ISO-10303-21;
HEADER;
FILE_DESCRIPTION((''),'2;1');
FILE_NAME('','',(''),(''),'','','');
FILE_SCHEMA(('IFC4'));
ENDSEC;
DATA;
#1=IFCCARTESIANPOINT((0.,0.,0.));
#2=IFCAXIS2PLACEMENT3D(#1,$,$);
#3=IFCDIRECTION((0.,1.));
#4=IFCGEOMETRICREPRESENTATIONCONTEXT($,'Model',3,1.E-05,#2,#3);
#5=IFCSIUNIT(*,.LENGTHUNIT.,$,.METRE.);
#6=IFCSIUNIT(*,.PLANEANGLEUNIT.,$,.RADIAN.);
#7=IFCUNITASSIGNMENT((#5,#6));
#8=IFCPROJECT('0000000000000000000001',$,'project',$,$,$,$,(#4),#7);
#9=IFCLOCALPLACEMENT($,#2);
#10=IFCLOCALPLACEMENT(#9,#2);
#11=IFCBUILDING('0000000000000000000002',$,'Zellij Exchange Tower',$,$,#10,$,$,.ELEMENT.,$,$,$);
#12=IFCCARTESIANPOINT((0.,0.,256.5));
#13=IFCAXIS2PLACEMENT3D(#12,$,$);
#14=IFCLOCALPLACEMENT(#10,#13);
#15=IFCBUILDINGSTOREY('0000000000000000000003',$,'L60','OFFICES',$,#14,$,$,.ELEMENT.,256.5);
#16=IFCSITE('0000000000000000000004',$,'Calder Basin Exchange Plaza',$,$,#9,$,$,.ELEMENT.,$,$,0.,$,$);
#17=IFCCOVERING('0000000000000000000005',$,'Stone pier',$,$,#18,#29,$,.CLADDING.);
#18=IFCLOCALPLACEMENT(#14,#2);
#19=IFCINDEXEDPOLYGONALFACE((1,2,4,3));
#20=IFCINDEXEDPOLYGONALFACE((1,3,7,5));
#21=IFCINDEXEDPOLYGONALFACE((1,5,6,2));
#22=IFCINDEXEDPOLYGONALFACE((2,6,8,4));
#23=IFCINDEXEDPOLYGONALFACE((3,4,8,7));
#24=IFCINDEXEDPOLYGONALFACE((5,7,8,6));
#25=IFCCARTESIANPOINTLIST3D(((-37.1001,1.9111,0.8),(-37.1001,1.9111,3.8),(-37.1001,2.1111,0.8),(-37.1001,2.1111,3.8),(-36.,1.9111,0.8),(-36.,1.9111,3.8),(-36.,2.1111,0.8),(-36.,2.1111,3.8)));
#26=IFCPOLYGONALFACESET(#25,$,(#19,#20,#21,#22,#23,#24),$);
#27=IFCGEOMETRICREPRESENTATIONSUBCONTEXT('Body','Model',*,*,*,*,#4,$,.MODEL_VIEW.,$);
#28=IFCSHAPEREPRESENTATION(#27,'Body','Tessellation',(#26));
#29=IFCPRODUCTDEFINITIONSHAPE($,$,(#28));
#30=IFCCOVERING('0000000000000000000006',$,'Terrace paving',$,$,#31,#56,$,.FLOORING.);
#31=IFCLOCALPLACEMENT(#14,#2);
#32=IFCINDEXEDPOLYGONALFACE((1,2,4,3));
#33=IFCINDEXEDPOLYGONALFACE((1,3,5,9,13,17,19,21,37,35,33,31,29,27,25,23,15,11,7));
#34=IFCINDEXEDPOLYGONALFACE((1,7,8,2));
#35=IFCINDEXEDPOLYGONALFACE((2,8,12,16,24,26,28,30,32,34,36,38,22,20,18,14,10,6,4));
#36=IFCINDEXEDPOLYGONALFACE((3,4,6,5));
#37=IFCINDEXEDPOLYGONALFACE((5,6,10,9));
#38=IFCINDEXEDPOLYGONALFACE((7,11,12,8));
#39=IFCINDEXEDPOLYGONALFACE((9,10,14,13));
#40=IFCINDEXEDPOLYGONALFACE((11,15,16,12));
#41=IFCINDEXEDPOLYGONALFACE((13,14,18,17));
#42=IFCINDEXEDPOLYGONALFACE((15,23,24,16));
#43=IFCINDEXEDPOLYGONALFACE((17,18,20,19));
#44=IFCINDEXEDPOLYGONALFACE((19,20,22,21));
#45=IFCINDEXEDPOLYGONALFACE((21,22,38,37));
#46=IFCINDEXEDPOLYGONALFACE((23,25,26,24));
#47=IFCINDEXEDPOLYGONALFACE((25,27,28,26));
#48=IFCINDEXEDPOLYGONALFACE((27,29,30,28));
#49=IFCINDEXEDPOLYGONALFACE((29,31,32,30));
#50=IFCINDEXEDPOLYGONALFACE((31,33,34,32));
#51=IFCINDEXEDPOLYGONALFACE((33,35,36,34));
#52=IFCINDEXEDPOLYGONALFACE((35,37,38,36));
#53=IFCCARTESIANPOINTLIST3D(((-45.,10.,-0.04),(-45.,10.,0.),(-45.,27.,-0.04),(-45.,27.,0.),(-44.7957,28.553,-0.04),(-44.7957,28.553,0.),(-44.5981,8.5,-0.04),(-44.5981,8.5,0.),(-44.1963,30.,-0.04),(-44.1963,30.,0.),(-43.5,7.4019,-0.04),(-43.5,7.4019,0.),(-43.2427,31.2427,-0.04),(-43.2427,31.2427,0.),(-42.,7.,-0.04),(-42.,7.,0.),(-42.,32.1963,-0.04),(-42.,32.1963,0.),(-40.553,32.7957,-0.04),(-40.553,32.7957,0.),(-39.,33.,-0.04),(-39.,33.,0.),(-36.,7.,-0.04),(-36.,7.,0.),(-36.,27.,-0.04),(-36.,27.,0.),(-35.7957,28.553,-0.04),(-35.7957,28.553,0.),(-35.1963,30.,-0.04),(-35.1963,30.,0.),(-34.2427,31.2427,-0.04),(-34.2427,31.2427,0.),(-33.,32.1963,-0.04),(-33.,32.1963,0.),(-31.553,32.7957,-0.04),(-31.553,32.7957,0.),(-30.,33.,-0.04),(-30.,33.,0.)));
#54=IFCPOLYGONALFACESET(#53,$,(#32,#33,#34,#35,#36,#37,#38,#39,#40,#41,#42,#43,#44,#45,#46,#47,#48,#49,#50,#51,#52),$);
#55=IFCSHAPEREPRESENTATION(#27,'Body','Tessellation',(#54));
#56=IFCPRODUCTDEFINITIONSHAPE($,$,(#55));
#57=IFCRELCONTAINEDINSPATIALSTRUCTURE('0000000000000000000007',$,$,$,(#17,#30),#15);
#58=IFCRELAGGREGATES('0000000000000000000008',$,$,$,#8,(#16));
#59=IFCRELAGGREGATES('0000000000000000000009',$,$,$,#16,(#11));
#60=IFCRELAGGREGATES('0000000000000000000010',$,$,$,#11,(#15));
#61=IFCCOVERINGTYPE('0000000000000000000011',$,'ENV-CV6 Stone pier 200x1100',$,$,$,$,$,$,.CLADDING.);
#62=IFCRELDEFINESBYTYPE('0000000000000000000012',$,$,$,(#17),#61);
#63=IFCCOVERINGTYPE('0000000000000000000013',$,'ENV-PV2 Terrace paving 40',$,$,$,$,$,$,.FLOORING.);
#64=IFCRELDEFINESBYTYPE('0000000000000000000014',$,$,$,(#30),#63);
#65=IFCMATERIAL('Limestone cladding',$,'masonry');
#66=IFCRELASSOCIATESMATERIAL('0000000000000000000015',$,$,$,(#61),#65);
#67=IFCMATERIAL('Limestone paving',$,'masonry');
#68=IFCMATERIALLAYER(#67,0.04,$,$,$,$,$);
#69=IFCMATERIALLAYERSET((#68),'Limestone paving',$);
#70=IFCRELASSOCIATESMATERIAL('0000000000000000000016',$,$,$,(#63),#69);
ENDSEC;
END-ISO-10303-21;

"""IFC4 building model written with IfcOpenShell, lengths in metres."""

from ifc_helpers import new_model, si_unit, direction, frame, origin, place, context, subcontext, project, spatial, polyline, outline, extrude, material, layer, layer_set, type_object, element, save


model = new_model("IFC4")

# Units and contexts
model_context = context("Model", 3, precision=1e-05, world=origin(), true_north=direction((0.0, 1.0)))
body_context = subcontext(model_context, "Body", "Model", "MODEL_VIEW")
ifc_project = project(units=[si_unit("LENGTHUNIT", "METRE"), si_unit("PLANEANGLEUNIT", "RADIAN")], contexts=[model_context])

# Site, building, storey
site_placement = place(None, origin())
site = spatial("IfcSite", under=ifc_project, at=site_placement, Name="Calder Basin Exchange Plaza", CompositionType="ELEMENT", RefElevation=0.0)
building_placement = place(site_placement, origin())
building = spatial("IfcBuilding", under=site, at=building_placement, Name="Zellij Exchange Tower", CompositionType="ELEMENT")
storey_placement = place(building_placement, frame((0.0, 0.0, 256.5)))
storey = spatial("IfcBuildingStorey", under=building, at=storey_placement, Name="L60", Description="OFFICES", CompositionType="ELEMENT", Elevation=256.5)

# Coverings
ifc_material_1 = material(Name="Limestone cladding", Category="masonry")
covering_type_1 = type_object("IfcCoveringType", Name="ENV-CV6 Stone pier 200x1100", PredefinedType="CLADDING", material=ifc_material_1)
covering_1_placement = place(storey_placement, frame((0.0, 0.0, 0.8)))
element("IfcCovering", 1, at=covering_1_placement, inside=storey, type_object=covering_type_1, Name="Stone pier", PredefinedType="CLADDING", context=body_context, shape_type="SweptSolid", body=[
    extrude(outline(polyline([(-36.0, 2.1111), (-36.0, 1.9111), (-37.1001, 1.9111), (-37.1001, 2.1111), (-36.0, 2.1111)])), origin(), (0.0, 0.0, 1.0), 3.0),
])
ifc_material_2 = material(Name="Limestone paving", Category="masonry")
ifc_layer_1 = layer(ifc_material_2, 0.04)
ifc_layer_set_1 = layer_set([ifc_layer_1], Name="Limestone paving")
covering_type_2 = type_object("IfcCoveringType", Name="ENV-PV2 Terrace paving 40", PredefinedType="FLOORING", material=ifc_layer_set_1)
covering_2_placement = place(storey_placement, frame((0.0, 0.0, -0.04)))
element("IfcCovering", 2, at=covering_2_placement, inside=storey, type_object=covering_type_2, Name="Terrace paving", PredefinedType="FLOORING", context=body_context, shape_type="SweptSolid", body=[
    extrude(outline(polyline([(-44.5981, 8.5), (-43.5, 7.4019), (-42.0, 7.0), (-36.0, 7.0), (-36.0, 27.0), (-35.7957, 28.553), (-35.1963, 30.0), (-34.2427, 31.2427), (-33.0, 32.1963), (-31.553, 32.7957), (-30.0, 33.0), (-39.0, 33.0), (-40.553, 32.7957), (-42.0, 32.1963), (-43.2427, 31.2427), (-44.1963, 30.0), (-44.7957, 28.553), (-45.0, 27.0), (-45.0, 10.0), (-44.5981, 8.5)])), origin(), (0.0, 0.0, 1.0), 0.04),
])

save(model, "model.ifc")
